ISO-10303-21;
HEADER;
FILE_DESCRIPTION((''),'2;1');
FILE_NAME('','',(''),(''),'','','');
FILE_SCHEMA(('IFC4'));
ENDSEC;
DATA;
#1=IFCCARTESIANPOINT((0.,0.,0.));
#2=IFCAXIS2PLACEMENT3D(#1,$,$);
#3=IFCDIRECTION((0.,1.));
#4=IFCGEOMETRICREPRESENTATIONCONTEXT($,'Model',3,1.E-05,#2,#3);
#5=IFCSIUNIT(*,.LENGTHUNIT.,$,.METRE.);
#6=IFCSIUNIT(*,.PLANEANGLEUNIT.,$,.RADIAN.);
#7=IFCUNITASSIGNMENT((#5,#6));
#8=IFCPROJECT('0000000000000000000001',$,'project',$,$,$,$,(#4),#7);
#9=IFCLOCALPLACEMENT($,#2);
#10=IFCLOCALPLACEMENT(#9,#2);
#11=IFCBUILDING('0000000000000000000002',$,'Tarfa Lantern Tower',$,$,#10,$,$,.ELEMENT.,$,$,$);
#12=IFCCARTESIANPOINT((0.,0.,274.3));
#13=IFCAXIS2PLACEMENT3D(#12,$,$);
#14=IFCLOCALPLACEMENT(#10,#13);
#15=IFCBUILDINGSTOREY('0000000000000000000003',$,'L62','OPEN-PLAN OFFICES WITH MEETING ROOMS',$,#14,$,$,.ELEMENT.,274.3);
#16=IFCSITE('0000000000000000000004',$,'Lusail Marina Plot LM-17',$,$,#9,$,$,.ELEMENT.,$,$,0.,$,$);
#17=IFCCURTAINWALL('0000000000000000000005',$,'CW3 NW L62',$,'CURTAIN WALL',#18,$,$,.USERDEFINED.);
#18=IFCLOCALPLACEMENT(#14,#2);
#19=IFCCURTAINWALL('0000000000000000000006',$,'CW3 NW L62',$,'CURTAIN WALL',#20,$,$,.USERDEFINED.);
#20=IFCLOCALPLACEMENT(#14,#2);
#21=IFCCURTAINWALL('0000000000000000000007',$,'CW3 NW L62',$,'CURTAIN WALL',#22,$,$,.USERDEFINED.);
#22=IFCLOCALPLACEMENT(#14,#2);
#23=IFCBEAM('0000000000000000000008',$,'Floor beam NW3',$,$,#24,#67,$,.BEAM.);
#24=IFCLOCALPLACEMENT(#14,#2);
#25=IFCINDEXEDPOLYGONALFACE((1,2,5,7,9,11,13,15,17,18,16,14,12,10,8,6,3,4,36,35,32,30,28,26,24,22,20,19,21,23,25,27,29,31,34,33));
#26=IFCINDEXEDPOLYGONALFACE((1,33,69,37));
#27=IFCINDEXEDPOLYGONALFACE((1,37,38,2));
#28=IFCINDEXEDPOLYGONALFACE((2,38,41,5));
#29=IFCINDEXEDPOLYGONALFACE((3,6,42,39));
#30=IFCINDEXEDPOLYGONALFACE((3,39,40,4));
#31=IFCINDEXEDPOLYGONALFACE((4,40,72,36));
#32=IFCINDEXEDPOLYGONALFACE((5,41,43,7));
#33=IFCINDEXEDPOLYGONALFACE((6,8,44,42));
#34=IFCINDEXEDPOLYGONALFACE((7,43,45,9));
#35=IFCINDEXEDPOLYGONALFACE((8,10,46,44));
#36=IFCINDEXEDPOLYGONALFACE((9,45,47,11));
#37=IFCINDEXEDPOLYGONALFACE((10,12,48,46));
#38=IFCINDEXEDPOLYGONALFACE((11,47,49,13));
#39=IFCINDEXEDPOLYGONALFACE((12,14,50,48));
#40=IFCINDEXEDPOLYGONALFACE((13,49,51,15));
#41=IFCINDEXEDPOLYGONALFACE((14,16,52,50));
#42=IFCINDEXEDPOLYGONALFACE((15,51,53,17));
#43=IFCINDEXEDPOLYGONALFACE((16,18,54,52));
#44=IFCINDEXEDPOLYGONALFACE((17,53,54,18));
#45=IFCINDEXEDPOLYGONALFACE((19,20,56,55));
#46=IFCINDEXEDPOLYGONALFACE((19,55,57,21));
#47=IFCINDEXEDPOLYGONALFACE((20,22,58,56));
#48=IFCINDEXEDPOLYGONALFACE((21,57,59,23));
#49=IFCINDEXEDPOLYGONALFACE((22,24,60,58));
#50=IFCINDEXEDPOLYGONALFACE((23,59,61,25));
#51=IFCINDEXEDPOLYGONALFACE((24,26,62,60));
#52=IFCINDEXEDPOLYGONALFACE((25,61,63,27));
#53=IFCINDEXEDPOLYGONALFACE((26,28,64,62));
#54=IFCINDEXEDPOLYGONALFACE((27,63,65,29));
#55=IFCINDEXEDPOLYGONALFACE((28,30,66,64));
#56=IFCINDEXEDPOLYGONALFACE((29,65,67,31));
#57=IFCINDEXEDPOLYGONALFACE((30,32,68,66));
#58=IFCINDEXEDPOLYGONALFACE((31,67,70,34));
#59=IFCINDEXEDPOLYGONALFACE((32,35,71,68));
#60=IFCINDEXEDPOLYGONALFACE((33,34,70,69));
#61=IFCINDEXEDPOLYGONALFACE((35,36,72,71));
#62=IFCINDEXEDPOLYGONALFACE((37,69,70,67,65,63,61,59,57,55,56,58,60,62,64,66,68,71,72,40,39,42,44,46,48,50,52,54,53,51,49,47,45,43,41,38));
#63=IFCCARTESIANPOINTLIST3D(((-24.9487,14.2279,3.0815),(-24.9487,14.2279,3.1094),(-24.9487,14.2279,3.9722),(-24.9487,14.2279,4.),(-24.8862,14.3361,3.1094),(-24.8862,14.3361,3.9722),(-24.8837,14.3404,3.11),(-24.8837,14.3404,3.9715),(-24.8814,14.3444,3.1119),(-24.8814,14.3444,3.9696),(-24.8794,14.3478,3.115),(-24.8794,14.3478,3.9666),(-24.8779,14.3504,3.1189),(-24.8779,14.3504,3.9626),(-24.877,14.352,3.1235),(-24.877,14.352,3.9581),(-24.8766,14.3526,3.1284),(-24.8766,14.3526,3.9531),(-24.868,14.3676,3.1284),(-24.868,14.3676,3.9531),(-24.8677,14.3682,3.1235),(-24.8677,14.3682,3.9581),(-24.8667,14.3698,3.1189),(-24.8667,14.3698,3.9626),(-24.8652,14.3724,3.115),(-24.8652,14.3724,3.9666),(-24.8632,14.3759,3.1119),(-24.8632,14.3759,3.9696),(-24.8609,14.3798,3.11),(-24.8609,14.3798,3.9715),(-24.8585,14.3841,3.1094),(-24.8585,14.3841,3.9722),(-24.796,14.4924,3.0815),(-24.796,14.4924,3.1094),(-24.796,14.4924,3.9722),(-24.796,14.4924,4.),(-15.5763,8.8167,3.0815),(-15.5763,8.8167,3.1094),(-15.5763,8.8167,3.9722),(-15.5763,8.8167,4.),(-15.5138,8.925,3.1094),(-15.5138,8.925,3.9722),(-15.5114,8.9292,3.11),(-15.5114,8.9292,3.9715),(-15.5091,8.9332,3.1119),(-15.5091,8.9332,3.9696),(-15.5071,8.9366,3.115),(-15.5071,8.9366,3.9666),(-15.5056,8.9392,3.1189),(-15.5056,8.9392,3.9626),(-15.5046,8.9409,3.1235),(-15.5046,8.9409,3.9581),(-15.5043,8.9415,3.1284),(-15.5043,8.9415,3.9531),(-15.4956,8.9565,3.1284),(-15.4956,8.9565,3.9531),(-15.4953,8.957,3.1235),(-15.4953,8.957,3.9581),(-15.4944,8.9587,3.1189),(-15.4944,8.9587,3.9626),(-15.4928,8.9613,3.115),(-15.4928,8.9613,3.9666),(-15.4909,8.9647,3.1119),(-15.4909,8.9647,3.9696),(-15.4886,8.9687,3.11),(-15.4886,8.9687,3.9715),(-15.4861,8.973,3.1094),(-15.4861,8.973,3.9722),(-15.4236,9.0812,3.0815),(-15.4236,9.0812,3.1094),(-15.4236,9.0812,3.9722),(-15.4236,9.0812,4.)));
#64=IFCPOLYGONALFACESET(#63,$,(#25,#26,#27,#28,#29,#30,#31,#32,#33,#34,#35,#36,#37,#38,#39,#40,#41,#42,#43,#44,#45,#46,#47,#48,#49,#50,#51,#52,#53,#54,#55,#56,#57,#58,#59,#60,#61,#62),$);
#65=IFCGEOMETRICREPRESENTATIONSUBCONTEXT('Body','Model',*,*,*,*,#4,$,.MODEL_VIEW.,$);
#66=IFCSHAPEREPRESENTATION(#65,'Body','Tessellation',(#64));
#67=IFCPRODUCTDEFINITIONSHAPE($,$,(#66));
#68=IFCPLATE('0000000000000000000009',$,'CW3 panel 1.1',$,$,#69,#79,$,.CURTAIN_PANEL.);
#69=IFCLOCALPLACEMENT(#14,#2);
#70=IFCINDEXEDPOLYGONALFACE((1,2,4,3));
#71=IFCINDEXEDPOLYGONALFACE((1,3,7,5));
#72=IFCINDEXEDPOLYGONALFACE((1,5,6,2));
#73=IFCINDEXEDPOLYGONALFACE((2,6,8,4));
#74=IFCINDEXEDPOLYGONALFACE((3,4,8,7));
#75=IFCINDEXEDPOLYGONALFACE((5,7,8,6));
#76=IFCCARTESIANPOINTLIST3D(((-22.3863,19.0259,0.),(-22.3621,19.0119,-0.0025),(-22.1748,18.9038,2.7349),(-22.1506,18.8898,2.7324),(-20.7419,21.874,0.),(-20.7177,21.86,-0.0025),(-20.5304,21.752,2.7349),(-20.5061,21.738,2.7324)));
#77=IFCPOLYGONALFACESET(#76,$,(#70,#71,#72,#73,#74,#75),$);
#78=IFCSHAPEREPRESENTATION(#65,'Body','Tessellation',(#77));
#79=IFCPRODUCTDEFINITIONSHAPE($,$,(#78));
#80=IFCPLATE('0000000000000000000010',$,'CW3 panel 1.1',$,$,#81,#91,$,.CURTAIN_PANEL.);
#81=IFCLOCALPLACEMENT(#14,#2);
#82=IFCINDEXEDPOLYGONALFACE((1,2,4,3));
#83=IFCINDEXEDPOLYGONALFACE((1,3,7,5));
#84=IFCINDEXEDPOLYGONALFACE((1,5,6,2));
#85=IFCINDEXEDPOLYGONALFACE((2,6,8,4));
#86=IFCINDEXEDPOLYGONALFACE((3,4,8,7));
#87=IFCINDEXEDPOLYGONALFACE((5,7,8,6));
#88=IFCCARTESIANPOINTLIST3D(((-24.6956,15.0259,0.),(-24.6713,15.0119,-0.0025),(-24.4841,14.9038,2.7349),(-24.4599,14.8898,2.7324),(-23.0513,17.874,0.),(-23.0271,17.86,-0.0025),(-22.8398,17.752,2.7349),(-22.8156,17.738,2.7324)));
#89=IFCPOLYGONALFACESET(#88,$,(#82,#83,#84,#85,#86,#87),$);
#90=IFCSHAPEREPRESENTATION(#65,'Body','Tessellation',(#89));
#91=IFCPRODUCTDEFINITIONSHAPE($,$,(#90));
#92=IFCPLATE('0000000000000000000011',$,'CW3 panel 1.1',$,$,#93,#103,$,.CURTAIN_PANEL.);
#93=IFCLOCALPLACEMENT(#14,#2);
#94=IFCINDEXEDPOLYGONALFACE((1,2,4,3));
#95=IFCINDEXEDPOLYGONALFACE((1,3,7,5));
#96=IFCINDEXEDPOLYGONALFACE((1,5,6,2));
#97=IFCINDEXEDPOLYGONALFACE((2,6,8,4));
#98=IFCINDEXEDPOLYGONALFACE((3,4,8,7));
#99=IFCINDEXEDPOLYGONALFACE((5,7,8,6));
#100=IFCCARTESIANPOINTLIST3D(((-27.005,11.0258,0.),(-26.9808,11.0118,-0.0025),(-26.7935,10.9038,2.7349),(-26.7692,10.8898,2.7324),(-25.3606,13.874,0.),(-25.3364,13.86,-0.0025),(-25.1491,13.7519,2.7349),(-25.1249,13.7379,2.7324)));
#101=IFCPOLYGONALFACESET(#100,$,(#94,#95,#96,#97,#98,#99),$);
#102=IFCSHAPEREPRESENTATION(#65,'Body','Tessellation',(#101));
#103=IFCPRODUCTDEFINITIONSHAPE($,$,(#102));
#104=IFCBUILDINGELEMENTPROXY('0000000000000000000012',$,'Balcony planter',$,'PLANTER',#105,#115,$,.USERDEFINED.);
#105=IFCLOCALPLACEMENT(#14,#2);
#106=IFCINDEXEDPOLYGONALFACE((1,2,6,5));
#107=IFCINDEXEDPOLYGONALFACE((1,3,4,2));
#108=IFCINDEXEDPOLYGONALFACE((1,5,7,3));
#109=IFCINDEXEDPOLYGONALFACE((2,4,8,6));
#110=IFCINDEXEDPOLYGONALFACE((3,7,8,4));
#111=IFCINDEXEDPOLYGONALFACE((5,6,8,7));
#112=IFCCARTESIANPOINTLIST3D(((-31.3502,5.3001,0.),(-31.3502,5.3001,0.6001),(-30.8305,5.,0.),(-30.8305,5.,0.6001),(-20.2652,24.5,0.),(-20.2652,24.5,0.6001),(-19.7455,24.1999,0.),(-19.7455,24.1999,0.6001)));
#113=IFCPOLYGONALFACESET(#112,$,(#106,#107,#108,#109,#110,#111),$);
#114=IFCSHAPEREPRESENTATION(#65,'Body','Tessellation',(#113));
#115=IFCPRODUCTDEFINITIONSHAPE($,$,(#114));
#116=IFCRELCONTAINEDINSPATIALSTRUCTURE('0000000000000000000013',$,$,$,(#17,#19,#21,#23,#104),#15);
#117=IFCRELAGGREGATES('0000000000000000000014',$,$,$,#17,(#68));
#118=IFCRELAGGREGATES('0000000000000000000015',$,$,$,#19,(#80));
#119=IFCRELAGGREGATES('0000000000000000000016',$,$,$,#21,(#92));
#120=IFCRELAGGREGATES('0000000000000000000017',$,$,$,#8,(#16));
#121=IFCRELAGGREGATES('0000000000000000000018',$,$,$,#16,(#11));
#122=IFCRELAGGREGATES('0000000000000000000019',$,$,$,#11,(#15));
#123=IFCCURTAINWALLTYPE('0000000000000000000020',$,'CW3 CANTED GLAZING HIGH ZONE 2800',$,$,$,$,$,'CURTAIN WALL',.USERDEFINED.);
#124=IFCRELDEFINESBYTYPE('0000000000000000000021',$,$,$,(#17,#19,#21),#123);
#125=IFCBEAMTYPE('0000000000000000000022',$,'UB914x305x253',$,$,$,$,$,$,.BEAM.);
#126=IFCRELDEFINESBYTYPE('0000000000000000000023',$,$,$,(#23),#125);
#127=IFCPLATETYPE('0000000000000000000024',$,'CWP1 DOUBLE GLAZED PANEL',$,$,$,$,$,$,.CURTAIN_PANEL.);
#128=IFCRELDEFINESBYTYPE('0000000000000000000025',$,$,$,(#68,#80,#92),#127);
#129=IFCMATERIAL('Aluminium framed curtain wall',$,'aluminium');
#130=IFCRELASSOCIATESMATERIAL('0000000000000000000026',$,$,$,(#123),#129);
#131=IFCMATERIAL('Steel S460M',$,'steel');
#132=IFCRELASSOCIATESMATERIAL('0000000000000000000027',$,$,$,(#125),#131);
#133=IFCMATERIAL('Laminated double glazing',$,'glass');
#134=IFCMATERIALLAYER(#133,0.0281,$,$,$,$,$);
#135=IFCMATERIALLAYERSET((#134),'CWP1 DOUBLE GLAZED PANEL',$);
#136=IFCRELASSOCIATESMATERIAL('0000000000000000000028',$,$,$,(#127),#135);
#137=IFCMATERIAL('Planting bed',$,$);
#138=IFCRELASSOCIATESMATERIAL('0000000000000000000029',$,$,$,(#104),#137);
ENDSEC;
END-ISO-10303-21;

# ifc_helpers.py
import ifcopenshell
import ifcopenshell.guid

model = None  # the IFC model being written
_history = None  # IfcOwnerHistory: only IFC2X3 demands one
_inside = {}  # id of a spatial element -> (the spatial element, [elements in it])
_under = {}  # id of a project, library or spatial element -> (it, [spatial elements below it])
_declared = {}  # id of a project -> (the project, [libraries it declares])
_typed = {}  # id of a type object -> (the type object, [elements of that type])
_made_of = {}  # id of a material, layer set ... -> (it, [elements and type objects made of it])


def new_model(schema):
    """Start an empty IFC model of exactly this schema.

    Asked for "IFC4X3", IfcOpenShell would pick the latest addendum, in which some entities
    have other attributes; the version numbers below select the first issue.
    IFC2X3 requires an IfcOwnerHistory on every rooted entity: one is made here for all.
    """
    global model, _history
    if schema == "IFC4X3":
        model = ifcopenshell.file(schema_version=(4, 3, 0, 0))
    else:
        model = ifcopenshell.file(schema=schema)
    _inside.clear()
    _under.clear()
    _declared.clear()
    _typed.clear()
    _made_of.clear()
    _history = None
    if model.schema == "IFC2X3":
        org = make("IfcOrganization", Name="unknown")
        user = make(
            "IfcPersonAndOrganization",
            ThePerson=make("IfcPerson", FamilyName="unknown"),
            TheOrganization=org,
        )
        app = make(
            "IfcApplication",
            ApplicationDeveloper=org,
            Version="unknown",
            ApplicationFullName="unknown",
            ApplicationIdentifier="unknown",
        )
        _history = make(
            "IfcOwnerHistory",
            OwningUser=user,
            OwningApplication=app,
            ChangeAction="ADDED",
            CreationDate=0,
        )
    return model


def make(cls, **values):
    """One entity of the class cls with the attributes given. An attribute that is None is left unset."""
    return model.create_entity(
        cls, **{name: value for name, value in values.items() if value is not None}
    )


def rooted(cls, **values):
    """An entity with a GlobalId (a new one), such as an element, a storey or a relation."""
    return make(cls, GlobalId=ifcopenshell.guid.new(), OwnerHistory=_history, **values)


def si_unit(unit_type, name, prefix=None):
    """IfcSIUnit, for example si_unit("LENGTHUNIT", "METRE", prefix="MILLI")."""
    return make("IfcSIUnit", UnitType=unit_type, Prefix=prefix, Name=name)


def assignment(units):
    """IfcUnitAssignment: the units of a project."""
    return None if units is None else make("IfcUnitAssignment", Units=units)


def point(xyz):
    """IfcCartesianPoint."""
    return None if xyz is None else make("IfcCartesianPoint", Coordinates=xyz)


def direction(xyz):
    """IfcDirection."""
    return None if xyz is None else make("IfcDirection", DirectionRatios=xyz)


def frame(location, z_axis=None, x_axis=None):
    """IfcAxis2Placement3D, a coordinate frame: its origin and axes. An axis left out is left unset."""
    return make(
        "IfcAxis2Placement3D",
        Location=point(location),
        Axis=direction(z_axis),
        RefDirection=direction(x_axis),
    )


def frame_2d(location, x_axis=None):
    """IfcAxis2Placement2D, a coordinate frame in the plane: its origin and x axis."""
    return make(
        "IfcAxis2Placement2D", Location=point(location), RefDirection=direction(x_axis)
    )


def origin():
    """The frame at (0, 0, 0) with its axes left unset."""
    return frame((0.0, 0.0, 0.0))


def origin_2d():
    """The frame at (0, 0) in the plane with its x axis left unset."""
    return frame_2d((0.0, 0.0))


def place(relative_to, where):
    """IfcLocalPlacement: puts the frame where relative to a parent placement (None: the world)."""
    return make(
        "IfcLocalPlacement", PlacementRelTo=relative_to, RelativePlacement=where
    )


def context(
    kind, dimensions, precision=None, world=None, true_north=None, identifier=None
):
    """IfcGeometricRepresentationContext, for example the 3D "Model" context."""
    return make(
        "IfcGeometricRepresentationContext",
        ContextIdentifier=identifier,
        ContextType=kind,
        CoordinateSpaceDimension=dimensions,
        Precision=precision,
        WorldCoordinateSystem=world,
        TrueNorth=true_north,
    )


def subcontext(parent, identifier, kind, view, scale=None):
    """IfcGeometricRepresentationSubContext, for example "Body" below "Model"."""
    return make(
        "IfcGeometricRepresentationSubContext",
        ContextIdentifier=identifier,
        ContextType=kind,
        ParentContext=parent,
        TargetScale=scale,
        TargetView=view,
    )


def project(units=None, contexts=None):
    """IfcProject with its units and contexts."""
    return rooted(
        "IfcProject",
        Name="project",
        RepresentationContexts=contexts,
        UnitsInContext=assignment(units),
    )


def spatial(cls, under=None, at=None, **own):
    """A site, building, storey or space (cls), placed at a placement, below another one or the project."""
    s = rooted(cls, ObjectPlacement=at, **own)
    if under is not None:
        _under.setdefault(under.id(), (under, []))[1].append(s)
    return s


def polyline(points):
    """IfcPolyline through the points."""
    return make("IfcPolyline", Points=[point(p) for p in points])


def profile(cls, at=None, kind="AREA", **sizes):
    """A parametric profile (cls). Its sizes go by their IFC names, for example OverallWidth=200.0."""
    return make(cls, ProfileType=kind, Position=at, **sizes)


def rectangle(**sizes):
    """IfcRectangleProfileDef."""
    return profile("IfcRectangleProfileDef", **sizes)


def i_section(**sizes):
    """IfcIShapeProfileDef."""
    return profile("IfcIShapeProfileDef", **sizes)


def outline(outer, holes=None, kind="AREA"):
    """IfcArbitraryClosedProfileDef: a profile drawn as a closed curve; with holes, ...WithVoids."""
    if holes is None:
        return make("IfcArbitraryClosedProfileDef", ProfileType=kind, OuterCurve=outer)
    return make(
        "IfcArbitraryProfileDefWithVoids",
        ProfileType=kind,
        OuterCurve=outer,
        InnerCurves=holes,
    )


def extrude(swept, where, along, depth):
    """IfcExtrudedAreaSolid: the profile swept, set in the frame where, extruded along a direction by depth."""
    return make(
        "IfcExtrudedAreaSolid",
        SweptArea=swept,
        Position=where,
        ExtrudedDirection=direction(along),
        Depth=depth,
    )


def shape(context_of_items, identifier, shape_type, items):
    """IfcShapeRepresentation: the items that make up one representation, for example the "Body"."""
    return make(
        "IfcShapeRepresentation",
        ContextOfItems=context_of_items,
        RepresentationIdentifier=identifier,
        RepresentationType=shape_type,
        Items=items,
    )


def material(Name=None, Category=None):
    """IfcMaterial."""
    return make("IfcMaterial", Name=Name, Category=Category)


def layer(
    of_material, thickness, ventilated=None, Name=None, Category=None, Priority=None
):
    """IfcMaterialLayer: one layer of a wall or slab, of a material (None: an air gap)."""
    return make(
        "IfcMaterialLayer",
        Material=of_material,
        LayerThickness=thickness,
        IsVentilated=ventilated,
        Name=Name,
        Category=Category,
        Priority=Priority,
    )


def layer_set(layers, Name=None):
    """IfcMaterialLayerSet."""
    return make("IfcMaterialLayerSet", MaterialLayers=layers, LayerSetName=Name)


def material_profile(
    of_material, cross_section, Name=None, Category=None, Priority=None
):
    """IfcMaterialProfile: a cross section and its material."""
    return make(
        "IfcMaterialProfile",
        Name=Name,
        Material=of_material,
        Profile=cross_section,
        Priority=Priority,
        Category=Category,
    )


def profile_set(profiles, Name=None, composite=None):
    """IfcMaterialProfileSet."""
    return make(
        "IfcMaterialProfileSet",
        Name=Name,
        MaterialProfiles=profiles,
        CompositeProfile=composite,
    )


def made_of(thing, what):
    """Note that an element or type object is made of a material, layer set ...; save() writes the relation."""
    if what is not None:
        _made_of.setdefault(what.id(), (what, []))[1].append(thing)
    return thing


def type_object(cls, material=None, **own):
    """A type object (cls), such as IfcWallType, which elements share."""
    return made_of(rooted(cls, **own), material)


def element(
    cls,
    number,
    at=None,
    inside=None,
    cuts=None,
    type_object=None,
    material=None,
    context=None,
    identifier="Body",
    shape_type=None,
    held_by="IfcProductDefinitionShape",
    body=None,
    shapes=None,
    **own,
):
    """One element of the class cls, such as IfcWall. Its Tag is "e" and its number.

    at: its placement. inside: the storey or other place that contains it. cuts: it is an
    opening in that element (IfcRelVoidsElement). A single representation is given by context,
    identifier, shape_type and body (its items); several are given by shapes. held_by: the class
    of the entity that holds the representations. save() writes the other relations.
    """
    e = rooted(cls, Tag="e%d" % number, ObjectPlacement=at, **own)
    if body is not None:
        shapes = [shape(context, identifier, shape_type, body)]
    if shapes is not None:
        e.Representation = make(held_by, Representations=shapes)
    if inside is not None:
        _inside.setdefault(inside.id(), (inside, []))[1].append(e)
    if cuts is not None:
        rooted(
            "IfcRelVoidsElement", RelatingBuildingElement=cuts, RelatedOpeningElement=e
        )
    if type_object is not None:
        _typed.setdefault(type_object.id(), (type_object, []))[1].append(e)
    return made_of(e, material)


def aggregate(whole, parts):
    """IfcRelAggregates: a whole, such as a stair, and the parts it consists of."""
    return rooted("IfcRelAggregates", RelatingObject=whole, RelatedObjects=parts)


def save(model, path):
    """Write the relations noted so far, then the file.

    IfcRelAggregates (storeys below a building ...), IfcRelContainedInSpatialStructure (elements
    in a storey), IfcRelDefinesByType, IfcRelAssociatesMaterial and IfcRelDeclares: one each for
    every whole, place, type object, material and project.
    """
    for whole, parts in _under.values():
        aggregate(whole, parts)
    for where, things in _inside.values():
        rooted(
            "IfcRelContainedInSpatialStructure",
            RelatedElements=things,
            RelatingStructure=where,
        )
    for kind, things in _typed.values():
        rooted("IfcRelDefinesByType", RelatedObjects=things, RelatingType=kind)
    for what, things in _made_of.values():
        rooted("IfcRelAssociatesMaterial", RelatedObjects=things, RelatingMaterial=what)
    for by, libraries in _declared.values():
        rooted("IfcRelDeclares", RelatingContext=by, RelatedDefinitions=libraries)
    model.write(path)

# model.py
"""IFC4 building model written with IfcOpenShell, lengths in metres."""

from ifc_helpers import new_model, si_unit, direction, frame, origin, origin_2d, place, context, subcontext, project, spatial, polyline, rectangle, i_section, outline, extrude, material, layer, layer_set, material_profile, profile_set, type_object, element, aggregate, save


model = new_model("IFC4")

# Units and contexts
model_context = context("Model", 3, precision=1e-05, world=origin(), true_north=direction((0.0, 1.0)))
body_context = subcontext(model_context, "Body", "Model", "MODEL_VIEW")
ifc_project = project(units=[si_unit("LENGTHUNIT", "METRE"), si_unit("PLANEANGLEUNIT", "RADIAN")], contexts=[model_context])

# Site, building, storey
site_placement = place(None, origin())
site = spatial("IfcSite", under=ifc_project, at=site_placement, Name="Lusail Marina Plot LM-17", CompositionType="ELEMENT", RefElevation=0.0)
building_placement = place(site_placement, origin())
building = spatial("IfcBuilding", under=site, at=building_placement, Name="Tarfa Lantern Tower", CompositionType="ELEMENT")
storey_placement = place(building_placement, frame((0.0, 0.0, 274.3)))
storey = spatial("IfcBuildingStorey", under=building, at=storey_placement, Name="L62", Description="OPEN-PLAN OFFICES WITH MEETING ROOMS", CompositionType="ELEMENT", Elevation=274.3)

# Shared definitions
ifc_material_1 = material(Name="Aluminium framed curtain wall", Category="aluminium")
curtain_wall_type = type_object("IfcCurtainWallType", Name="CW3 CANTED GLAZING HIGH ZONE 2800", ElementType="CURTAIN WALL", PredefinedType="USERDEFINED", material=ifc_material_1)

# Curtain walls
curtain_wall_1_placement = place(storey_placement, origin())
curtain_wall_1 = element("IfcCurtainWall", 1, at=curtain_wall_1_placement, inside=storey, type_object=curtain_wall_type, Name="CW3 NW L62", ObjectType="CURTAIN WALL", PredefinedType="USERDEFINED")
curtain_wall_2_placement = place(storey_placement, origin())
curtain_wall_2 = element("IfcCurtainWall", 2, at=curtain_wall_2_placement, inside=storey, type_object=curtain_wall_type, Name="CW3 NW L62", ObjectType="CURTAIN WALL", PredefinedType="USERDEFINED")
curtain_wall_3_placement = place(storey_placement, origin())
curtain_wall_3 = element("IfcCurtainWall", 3, at=curtain_wall_3_placement, inside=storey, type_object=curtain_wall_type, Name="CW3 NW L62", ObjectType="CURTAIN WALL", PredefinedType="USERDEFINED")

# Beam
ifc_material_2 = material(Name="Steel S460M", Category="steel")
ifc_material_profile_1 = material_profile(ifc_material_2, i_section(OverallWidth=0.3054, OverallDepth=0.9185, WebThickness=0.0173, FlangeThickness=0.0278, FilletRadius=0.019, at=origin_2d()), Name="UB914x305x253")
ifc_profile_set_1 = profile_set([ifc_material_profile_1], Name="Steel S460M")
beam_type_1 = type_object("IfcBeamType", Name="UB914x305x253", PredefinedType="BEAM", material=ifc_profile_set_1)
beam_1_placement = place(storey_placement, frame((-24.8723, 14.3601, 3.5408), z_axis=(0.866024, -0.500002, 0.0), x_axis=(0.500002, 0.866024, 0.0)))
element("IfcBeam", 4, at=beam_1_placement, inside=storey, type_object=beam_type_1, Name="Floor beam NW3", PredefinedType="BEAM", context=body_context, shape_type="SweptSolid", body=[
    extrude(i_section(OverallWidth=0.3054, OverallDepth=0.9185, WebThickness=0.0173, FlangeThickness=0.0278, FilletRadius=0.019, at=origin_2d()), origin(), (0.0, 0.0, 1.0), 10.8223),
])

# Plates
ifc_material_3 = material(Name="Laminated double glazing", Category="glass")
ifc_layer = layer(ifc_material_3, 0.0281)
ifc_layer_set = layer_set([ifc_layer], Name="CWP1 DOUBLE GLAZED PANEL")
plate_type = type_object("IfcPlateType", Name="CWP1 DOUBLE GLAZED PANEL", PredefinedType="CURTAIN_PANEL", material=ifc_layer_set)
plate_1_placement = place(storey_placement, frame((-20.7419, 21.874, 0.0), z_axis=(-0.862588, 0.498025, 0.088952), x_axis=(-0.500007, -0.866021, 0.000003)))
plate_1 = element("IfcPlate", 5, at=plate_1_placement, type_object=plate_type, Name="CW3 panel 1.1", PredefinedType="CURTAIN_PANEL", context=body_context, shape_type="SweptSolid", body=[
    extrude(outline(polyline([(0.0, 0.0), (3.2887, 0.0), (3.2887, 2.7457), (-0.0001, 2.7458), (0.0, 0.0)])), origin(), (0.0, 0.0, -1.0), 0.0281),
])
aggregate(curtain_wall_1, [plate_1])
plate_2_placement = place(storey_placement, frame((-23.0513, 17.874, 0.0), z_axis=(-0.862607, 0.497999, 0.088914), x_axis=(-0.499979, -0.866037, 0.0)))
plate_2 = element("IfcPlate", 6, at=plate_2_placement, type_object=plate_type, Name="CW3 panel 1.1", PredefinedType="CURTAIN_PANEL", context=body_context, shape_type="SweptSolid", body=[
    extrude(outline(polyline([(0.0, 0.0), (3.2887, 0.0), (3.2887, 2.7457), (0.0, 2.7457), (0.0, 0.0)])), origin(), (0.0, 0.0, -1.0), 0.0281),
])
aggregate(curtain_wall_2, [plate_2])
plate_3_placement = place(storey_placement, frame((-25.3606, 13.874, 0.0), z_axis=(-0.862588, 0.498025, 0.088952), x_axis=(-0.500008, -0.866021, -0.000003)))
plate_3 = element("IfcPlate", 7, at=plate_3_placement, type_object=plate_type, Name="CW3 panel 1.1", PredefinedType="CURTAIN_PANEL", context=body_context, shape_type="SweptSolid", body=[
    extrude(outline(polyline([(0.0, 0.0), (3.2888, 0.0), (3.2887, 2.7458), (0.0, 2.7457), (0.0, 0.0)])), origin(), (0.0, 0.0, -1.0), 0.0281),
])
aggregate(curtain_wall_3, [plate_3])

# Building element proxy
ifc_material_4 = material(Name="Planting bed")
proxy_placement = place(storey_placement, frame((-25.5479, 14.75, 0.0), z_axis=(0.0, 0.0, 1.0), x_axis=(-0.5, -0.866025, 0.0)))
element("IfcBuildingElementProxy", 8, at=proxy_placement, inside=storey, material=ifc_material_4, Name="Balcony planter", ObjectType="PLANTER", PredefinedType="USERDEFINED", context=body_context, shape_type="SweptSolid", body=[
    extrude(rectangle(XDim=22.1702, YDim=0.6001, at=origin_2d()), origin(), (0.0, 0.0, 1.0), 0.6001),
])

save(model, "model.ifc")
